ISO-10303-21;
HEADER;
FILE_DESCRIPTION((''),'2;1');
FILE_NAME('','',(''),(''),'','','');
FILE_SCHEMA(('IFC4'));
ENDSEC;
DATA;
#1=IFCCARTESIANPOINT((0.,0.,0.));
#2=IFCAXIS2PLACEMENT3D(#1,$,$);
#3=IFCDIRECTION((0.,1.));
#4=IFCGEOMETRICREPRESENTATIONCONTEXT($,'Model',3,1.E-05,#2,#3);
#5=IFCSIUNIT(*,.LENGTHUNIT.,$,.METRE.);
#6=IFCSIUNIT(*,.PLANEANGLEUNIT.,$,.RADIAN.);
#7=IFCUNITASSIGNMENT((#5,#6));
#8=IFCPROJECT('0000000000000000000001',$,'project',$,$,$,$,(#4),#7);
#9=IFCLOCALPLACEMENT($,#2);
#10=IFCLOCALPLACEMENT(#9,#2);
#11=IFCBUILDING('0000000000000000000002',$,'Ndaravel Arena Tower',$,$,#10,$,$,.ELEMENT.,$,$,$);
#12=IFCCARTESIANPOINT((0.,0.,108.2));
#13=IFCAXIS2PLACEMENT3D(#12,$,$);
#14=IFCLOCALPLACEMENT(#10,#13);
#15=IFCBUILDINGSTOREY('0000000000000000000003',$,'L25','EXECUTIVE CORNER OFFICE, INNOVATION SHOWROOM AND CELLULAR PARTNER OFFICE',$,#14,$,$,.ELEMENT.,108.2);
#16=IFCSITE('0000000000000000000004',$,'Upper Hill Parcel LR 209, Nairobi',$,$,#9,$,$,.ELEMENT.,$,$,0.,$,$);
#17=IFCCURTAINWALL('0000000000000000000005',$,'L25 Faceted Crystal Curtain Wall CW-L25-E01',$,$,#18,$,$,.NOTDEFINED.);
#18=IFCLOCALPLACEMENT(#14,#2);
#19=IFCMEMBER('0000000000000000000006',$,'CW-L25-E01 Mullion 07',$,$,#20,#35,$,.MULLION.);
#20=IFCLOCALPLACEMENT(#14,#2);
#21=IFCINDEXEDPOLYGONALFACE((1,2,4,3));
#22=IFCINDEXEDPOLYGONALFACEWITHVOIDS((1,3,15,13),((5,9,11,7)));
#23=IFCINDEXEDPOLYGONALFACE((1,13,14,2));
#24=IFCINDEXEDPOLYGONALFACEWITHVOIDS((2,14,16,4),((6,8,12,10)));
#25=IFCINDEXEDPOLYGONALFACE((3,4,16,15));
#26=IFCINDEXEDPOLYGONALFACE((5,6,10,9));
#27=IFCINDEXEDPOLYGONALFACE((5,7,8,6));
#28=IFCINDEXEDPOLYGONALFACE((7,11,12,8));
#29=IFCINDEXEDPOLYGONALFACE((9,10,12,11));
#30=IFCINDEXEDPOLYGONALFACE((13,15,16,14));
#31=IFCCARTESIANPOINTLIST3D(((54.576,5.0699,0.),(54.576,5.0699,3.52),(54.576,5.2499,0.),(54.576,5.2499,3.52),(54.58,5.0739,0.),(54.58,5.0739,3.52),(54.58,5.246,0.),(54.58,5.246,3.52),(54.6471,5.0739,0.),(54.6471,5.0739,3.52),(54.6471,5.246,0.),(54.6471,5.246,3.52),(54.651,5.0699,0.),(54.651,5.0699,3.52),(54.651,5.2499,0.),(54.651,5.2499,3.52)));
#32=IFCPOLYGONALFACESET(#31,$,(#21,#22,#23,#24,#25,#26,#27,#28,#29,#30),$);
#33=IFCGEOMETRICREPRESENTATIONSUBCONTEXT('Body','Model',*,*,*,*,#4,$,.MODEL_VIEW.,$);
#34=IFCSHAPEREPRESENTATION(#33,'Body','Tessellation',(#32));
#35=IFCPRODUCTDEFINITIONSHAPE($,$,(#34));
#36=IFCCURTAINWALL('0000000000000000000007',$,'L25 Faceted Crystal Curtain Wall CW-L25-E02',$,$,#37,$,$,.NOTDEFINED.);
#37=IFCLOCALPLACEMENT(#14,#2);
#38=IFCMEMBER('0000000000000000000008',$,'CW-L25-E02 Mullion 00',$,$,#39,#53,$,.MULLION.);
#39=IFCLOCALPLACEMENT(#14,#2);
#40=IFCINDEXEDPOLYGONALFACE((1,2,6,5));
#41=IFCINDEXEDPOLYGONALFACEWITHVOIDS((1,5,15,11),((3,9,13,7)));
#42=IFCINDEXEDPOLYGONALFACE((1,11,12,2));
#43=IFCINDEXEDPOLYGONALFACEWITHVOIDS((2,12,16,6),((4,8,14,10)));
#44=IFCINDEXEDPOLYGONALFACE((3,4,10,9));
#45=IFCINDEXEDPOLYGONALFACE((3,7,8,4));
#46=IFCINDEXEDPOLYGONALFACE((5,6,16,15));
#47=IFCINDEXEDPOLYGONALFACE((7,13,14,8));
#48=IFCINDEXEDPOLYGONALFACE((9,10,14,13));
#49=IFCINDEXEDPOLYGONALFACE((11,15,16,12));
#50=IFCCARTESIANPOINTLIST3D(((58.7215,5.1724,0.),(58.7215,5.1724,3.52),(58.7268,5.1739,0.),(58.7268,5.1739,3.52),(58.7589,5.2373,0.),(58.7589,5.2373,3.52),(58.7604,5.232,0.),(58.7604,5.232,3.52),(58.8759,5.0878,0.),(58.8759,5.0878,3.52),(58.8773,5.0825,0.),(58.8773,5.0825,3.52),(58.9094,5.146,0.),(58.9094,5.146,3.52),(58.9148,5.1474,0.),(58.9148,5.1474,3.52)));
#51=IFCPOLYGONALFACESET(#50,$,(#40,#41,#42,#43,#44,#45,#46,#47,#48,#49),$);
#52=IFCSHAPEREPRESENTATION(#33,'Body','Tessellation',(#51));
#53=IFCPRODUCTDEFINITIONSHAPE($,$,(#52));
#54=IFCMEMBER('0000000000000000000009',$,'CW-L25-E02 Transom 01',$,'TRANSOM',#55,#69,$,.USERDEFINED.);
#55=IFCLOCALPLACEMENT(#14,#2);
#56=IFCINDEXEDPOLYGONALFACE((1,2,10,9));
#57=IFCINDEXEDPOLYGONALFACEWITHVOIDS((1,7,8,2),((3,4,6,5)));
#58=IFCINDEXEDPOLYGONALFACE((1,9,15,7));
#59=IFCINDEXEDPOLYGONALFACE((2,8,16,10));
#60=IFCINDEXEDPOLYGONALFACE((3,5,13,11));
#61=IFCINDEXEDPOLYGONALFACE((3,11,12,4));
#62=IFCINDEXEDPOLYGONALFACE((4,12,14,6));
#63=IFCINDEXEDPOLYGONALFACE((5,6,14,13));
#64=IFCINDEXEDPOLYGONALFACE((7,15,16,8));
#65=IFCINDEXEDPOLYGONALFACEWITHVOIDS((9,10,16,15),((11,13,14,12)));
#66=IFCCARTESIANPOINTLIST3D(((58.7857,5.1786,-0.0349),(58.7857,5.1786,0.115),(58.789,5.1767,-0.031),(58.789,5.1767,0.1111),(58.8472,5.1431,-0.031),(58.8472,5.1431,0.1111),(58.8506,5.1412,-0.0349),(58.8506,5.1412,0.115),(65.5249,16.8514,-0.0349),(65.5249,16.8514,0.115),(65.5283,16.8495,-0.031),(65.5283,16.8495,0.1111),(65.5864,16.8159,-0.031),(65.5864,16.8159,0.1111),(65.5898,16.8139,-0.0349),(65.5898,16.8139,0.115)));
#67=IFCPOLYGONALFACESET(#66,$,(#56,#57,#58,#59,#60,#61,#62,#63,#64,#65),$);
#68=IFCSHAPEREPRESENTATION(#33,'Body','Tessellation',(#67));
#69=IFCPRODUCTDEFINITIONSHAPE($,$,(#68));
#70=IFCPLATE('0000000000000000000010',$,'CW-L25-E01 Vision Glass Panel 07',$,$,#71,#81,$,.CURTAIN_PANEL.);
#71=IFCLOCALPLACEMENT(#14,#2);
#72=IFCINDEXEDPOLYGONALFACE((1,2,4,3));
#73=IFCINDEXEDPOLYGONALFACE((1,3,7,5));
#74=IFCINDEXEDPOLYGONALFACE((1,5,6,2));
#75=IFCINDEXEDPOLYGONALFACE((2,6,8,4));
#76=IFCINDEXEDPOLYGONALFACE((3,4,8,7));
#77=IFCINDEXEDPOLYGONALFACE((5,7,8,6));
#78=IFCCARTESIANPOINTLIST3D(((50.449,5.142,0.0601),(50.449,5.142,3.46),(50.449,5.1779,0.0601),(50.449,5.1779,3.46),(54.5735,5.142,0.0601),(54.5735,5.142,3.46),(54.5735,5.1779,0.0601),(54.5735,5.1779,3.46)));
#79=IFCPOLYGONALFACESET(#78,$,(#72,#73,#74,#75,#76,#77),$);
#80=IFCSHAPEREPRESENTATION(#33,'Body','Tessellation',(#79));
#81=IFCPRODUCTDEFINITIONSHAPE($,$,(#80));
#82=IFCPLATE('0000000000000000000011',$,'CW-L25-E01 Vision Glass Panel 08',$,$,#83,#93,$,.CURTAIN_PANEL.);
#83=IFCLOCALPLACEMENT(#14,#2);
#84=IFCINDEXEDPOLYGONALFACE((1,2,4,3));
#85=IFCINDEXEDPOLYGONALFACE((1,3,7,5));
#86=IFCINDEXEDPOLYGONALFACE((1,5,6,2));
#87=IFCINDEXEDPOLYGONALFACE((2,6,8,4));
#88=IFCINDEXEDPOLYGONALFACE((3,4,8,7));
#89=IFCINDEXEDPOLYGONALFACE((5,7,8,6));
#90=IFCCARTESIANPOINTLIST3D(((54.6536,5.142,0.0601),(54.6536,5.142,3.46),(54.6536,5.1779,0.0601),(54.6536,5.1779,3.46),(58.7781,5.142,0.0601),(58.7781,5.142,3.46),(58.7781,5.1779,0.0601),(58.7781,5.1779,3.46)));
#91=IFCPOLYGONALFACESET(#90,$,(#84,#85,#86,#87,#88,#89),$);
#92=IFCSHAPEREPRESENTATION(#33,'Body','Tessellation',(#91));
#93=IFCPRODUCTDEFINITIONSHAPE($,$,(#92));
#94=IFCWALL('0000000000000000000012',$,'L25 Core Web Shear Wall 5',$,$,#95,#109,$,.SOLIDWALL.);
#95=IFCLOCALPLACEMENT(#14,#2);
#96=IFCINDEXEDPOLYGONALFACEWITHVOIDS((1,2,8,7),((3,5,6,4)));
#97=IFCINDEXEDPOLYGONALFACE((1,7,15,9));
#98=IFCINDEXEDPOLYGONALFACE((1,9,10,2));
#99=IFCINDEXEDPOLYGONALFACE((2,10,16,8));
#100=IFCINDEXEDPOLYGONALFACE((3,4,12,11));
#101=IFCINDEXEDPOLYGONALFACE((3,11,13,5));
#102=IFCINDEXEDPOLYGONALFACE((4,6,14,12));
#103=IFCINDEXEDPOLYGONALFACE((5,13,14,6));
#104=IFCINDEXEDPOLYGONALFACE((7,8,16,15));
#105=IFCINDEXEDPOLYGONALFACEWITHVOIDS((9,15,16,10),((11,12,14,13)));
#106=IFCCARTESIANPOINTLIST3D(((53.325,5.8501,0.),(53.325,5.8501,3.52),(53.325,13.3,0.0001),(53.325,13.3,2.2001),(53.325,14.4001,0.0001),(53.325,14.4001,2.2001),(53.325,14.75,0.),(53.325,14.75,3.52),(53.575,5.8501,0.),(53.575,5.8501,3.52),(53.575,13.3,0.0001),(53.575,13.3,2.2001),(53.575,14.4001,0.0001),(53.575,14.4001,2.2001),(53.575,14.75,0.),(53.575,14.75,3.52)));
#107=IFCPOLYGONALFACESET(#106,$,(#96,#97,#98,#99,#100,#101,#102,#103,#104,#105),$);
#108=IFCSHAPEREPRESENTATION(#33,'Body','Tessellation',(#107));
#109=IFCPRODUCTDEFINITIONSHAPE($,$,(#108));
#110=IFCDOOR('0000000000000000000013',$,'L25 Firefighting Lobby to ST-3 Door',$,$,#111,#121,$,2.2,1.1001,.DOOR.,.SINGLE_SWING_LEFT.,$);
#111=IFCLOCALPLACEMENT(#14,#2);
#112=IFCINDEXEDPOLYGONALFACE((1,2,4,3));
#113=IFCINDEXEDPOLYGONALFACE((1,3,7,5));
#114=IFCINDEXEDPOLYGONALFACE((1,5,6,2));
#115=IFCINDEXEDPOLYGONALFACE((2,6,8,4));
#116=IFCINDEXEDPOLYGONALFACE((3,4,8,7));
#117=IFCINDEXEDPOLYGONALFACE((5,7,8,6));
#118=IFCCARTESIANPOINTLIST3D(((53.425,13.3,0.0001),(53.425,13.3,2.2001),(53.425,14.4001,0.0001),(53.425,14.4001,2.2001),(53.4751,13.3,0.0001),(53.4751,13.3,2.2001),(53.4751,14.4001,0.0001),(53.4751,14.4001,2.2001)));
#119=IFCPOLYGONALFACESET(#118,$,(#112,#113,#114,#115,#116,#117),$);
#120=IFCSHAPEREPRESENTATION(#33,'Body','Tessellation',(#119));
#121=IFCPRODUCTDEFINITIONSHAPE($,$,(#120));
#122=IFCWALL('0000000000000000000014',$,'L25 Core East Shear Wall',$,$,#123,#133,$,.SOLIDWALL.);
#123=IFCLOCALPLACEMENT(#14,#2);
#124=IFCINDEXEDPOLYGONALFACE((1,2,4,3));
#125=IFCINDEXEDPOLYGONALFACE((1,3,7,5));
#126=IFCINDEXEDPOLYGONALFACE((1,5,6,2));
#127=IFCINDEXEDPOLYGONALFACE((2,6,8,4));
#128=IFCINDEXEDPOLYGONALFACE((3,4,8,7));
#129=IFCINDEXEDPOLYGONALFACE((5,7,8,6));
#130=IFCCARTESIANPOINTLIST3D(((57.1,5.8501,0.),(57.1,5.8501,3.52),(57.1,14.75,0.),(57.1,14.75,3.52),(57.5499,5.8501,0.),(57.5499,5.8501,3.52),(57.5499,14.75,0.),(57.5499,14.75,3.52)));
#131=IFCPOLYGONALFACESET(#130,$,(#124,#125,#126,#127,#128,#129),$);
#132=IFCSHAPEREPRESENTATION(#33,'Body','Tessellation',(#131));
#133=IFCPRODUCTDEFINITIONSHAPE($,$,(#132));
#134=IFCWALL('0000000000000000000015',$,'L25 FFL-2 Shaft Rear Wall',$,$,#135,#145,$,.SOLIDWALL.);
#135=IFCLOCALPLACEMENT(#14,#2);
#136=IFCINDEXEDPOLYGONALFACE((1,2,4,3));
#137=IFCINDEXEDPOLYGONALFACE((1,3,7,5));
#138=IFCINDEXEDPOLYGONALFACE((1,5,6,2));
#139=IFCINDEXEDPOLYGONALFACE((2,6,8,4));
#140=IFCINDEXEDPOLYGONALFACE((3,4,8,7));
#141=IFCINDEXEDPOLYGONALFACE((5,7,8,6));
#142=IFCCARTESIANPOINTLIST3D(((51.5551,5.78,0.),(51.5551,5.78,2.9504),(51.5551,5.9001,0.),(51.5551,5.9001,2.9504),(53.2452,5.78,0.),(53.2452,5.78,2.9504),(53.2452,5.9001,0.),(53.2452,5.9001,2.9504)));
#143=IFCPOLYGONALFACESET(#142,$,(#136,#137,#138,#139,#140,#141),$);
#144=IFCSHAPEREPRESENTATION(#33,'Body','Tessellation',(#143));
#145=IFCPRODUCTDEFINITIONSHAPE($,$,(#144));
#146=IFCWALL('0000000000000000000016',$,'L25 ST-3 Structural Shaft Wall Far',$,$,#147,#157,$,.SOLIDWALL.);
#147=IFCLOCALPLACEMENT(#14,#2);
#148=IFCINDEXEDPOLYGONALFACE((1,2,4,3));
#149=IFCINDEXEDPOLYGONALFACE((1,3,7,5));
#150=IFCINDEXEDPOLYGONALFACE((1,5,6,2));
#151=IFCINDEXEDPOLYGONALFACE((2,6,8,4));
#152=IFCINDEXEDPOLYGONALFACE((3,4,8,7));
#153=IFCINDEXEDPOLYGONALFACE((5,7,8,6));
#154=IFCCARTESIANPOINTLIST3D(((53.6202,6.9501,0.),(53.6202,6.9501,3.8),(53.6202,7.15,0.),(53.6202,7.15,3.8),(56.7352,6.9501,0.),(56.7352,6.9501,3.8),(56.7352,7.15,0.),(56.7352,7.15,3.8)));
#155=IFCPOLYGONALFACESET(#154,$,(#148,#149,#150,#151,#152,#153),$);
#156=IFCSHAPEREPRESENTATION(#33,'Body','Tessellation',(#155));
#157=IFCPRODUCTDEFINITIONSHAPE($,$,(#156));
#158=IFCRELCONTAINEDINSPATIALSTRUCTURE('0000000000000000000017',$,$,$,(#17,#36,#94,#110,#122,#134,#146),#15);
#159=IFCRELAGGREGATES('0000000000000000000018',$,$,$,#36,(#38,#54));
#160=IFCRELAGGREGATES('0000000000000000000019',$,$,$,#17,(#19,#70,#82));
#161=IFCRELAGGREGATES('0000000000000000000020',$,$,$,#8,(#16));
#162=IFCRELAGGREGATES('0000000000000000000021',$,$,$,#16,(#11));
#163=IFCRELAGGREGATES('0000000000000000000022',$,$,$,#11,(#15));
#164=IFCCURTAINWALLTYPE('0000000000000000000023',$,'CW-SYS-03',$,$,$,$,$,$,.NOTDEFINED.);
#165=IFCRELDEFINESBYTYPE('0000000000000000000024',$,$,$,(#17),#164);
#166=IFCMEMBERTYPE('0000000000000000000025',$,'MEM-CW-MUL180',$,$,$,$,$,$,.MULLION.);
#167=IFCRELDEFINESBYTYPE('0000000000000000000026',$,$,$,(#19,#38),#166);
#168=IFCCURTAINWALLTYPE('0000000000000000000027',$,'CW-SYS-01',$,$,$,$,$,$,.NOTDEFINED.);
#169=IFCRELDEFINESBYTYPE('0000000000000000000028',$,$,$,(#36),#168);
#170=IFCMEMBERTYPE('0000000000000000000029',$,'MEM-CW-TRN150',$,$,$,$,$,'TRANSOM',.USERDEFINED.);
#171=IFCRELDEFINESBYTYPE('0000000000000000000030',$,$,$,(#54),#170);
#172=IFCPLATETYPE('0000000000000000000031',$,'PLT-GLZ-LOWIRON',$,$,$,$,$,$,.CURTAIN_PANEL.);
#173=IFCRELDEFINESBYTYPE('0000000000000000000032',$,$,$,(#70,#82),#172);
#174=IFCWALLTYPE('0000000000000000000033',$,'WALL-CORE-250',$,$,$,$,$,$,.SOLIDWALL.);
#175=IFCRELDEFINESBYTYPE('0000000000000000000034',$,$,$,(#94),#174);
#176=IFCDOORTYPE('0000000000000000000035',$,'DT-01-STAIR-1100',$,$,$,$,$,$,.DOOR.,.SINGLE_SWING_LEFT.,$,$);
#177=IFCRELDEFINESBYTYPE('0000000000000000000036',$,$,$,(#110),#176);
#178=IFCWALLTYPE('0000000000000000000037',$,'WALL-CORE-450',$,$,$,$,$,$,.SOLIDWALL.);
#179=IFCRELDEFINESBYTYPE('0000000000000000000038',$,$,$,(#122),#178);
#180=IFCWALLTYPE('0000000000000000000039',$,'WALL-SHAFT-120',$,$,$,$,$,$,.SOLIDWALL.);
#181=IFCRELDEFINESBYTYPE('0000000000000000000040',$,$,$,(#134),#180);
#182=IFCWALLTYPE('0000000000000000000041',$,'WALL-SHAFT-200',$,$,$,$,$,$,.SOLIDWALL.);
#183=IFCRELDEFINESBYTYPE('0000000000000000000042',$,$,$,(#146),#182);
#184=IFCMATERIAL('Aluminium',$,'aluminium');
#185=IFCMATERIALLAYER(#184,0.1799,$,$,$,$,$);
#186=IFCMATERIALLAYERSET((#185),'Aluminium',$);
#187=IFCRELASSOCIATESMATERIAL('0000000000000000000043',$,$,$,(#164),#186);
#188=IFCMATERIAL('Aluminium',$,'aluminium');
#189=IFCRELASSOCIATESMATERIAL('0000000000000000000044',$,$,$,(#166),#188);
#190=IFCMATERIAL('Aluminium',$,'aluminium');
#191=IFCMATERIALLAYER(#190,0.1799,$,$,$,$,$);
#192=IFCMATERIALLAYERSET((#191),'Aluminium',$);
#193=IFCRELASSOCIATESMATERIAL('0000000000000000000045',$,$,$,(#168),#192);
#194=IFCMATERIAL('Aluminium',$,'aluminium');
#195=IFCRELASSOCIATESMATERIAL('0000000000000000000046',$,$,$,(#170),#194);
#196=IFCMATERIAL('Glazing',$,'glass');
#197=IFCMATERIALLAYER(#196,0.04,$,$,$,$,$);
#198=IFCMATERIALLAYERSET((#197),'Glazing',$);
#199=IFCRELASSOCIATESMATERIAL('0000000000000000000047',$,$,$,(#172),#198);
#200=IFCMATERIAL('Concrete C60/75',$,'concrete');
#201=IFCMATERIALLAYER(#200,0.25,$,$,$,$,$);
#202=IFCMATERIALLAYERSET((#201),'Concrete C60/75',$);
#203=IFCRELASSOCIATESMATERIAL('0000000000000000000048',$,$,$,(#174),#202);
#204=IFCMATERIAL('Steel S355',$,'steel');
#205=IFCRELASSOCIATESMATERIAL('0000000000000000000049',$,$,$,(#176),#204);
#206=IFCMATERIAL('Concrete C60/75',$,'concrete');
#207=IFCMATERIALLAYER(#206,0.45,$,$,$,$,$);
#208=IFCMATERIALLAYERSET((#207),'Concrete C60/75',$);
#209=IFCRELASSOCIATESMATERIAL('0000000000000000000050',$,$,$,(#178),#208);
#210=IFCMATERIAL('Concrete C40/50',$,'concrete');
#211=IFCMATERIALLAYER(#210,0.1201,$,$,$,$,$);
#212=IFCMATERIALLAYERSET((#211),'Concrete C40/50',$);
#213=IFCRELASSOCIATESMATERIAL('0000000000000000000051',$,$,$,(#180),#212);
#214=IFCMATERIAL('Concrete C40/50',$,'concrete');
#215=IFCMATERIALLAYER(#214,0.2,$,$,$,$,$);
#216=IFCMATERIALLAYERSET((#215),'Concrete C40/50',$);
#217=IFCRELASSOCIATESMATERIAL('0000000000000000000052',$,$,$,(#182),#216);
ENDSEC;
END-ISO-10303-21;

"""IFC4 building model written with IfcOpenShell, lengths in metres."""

from ifc_helpers import new_model, si_unit, direction, frame, frame_2d, origin, origin_2d, place, context, subcontext, project, spatial, rectangle, hollow_rectangle, extrude, material, layer, layer_set, material_profile, profile_set, type_object, element, fill, aggregate, save


model = new_model("IFC4")

# Units and contexts
model_context = context("Model", 3, precision=1e-05, world=origin(), true_north=direction((0.0, 1.0)))
body_context = subcontext(model_context, "Body", "Model", "MODEL_VIEW")
ifc_project = project(units=[si_unit("LENGTHUNIT", "METRE"), si_unit("PLANEANGLEUNIT", "RADIAN")], contexts=[model_context])

# Site, building, storey
site_placement = place(None, origin())
site = spatial("IfcSite", under=ifc_project, at=site_placement, Name="Upper Hill Parcel LR 209, Nairobi", CompositionType="ELEMENT", RefElevation=0.0)
building_placement = place(site_placement, origin())
building = spatial("IfcBuilding", under=site, at=building_placement, Name="Ndaravel Arena Tower", CompositionType="ELEMENT")
storey_placement = place(building_placement, frame((0.0, 0.0, 108.2)))
storey = spatial("IfcBuildingStorey", under=building, at=storey_placement, Name="L25", Description="EXECUTIVE CORNER OFFICE, INNOVATION SHOWROOM AND CELLULAR PARTNER OFFICE", CompositionType="ELEMENT", Elevation=108.2)

# Curtain wall, member
ifc_material_1 = material(Name="Aluminium", Category="aluminium")
ifc_layer_1 = layer(ifc_material_1, 0.1799)
ifc_layer_set_1 = layer_set([ifc_layer_1], Name="Aluminium")
curtain_wall_type_1 = type_object("IfcCurtainWallType", Name="CW-SYS-03", PredefinedType="NOTDEFINED", material=ifc_layer_set_1)
curtain_wall_1_placement = place(storey_placement, origin())
curtain_wall_1 = element("IfcCurtainWall", 1, at=curtain_wall_1_placement, inside=storey, type_object=curtain_wall_type_1, Name="L25 Faceted Crystal Curtain Wall CW-L25-E01", PredefinedType="NOTDEFINED")
ifc_material_2 = material(Name="Aluminium", Category="aluminium")
ifc_material_profile_1 = material_profile(ifc_material_2, hollow_rectangle(XDim=0.075, YDim=0.1799, WallThickness=0.0039, at=origin_2d()), Name="CW MULLION 75x180x4")
ifc_profile_set_1 = profile_set([ifc_material_profile_1], Name="Aluminium")
member_type_1 = type_object("IfcMemberType", Name="MEM-CW-MUL180", PredefinedType="MULLION", material=ifc_profile_set_1)
member_1_placement = place(storey_placement, frame((54.6135, 5.1599, 0.0), z_axis=(0.0, 0.0, 1.0), x_axis=(1.0, 0.0, 0.0)))
member_1 = element("IfcMember", 2, at=member_1_placement, type_object=member_type_1, Name="CW-L25-E01 Mullion 07", PredefinedType="MULLION", context=body_context, shape_type="SweptSolid", body=[
    extrude(hollow_rectangle(XDim=0.075, YDim=0.1799, WallThickness=0.0039, at=origin_2d()), origin(), (0.0, 0.0, 1.0), 3.52),
])

# Curtain wall, members
ifc_material_3 = material(Name="Aluminium", Category="aluminium")
ifc_layer_2 = layer(ifc_material_3, 0.1799)
ifc_layer_set_2 = layer_set([ifc_layer_2], Name="Aluminium")
curtain_wall_type_2 = type_object("IfcCurtainWallType", Name="CW-SYS-01", PredefinedType="NOTDEFINED", material=ifc_layer_set_2)
curtain_wall_2_placement = place(storey_placement, origin())
curtain_wall_2 = element("IfcCurtainWall", 3, at=curtain_wall_2_placement, inside=storey, type_object=curtain_wall_type_2, Name="L25 Faceted Crystal Curtain Wall CW-L25-E02", PredefinedType="NOTDEFINED")
member_2_placement = place(storey_placement, frame((58.8181, 5.1599, 0.0), z_axis=(0.0, 0.0, 1.0), x_axis=(0.5, 0.866025, 0.0)))
member_2 = element("IfcMember", 4, at=member_2_placement, type_object=member_type_1, Name="CW-L25-E02 Mullion 00", PredefinedType="MULLION", context=body_context, shape_type="SweptSolid", body=[
    extrude(hollow_rectangle(XDim=0.075, YDim=0.1799, WallThickness=0.0039, at=origin_2d()), origin(), (0.0, 0.0, 1.0), 3.52),
])
ifc_material_4 = material(Name="Aluminium", Category="aluminium")
ifc_material_profile_2 = material_profile(ifc_material_4, hollow_rectangle(XDim=0.075, YDim=0.1499, WallThickness=0.0039, at=origin_2d()), Name="CW TRANSOM 75x150x4")
ifc_profile_set_2 = profile_set([ifc_material_profile_2], Name="Aluminium")
member_type_2 = type_object("IfcMemberType", Name="MEM-CW-TRN150", ElementType="TRANSOM", PredefinedType="USERDEFINED", material=ifc_profile_set_2)
member_3_placement = place(storey_placement, frame((58.8181, 5.1599, 0.04), z_axis=(0.499996, 0.866028, 0.0), x_axis=(-0.866028, 0.499996, 0.0)))
member_3 = element("IfcMember", 5, at=member_3_placement, type_object=member_type_2, Name="CW-L25-E02 Transom 01", ObjectType="TRANSOM", PredefinedType="USERDEFINED", context=body_context, shape_type="SweptSolid", body=[
    extrude(hollow_rectangle(XDim=0.075, YDim=0.1499, WallThickness=0.0039, at=origin_2d()), origin(), (0.0, 0.0, 1.0), 13.4785),
])
aggregate(curtain_wall_2, [member_2, member_3])

# Plates
ifc_material_5 = material(Name="Glazing", Category="glass")
ifc_layer_3 = layer(ifc_material_5, 0.04)
ifc_layer_set_3 = layer_set([ifc_layer_3], Name="Glazing")
plate_type = type_object("IfcPlateType", Name="PLT-GLZ-LOWIRON", PredefinedType="CURTAIN_PANEL", material=ifc_layer_set_3)
plate_1_placement = place(storey_placement, frame((52.5112, 5.1599, 0.0601), z_axis=(0.0, 0.0, 1.0), x_axis=(1.0, 0.0, 0.0)))
plate_1 = element("IfcPlate", 6, at=plate_1_placement, type_object=plate_type, Name="CW-L25-E01 Vision Glass Panel 07", PredefinedType="CURTAIN_PANEL", context=body_context, shape_type="SweptSolid", body=[
    extrude(rectangle(XDim=4.1245, YDim=0.0359, at=origin_2d()), origin(), (0.0, 0.0, 1.0), 3.3999),
])
plate_2_placement = place(storey_placement, frame((56.7158, 5.1599, 0.0601), z_axis=(0.0, 0.0, 1.0), x_axis=(1.0, 0.0, 0.0)))
plate_2 = element("IfcPlate", 7, at=plate_2_placement, type_object=plate_type, Name="CW-L25-E01 Vision Glass Panel 08", PredefinedType="CURTAIN_PANEL", context=body_context, shape_type="SweptSolid", body=[
    extrude(rectangle(XDim=4.1245, YDim=0.0359, at=origin_2d()), origin(), (0.0, 0.0, 1.0), 3.3999),
])
aggregate(curtain_wall_1, [member_1, plate_1, plate_2])

# Wall, opening, door
ifc_material_6 = material(Name="Concrete C60/75", Category="concrete")
ifc_layer_4 = layer(ifc_material_6, 0.25)
ifc_layer_set_4 = layer_set([ifc_layer_4], Name="Concrete C60/75")
wall_type_1 = type_object("IfcWallType", Name="WALL-CORE-250", PredefinedType="SOLIDWALL", material=ifc_layer_set_4)
wall_1_placement = place(storey_placement, frame((53.45, 5.8501, 0.0), z_axis=(0.0, 0.0, 1.0), x_axis=(0.0, 1.0, 0.0)))
wall_1 = element("IfcWall", 8, at=wall_1_placement, inside=storey, type_object=wall_type_1, Name="L25 Core Web Shear Wall 5", PredefinedType="SOLIDWALL", context=body_context, shape_type="SweptSolid", body=[
    extrude(rectangle(XDim=8.8999, YDim=0.25, at=frame_2d((4.45, 0.0))), origin(), (0.0, 0.0, 1.0), 3.52),
])
opening_1_placement = place(wall_1_placement, frame((7.45, 0.0, 0.0)))
opening_1 = element("IfcOpeningElement", 9, at=opening_1_placement, cuts=wall_1, PredefinedType="OPENING", context=body_context, shape_type="SweptSolid", body=[
    extrude(rectangle(XDim=1.1001, YDim=2.2, at=frame_2d((0.55, 1.1001))), frame((0.0, 0.125, 0.0), z_axis=(0.0, -1.0, 0.0), x_axis=(1.0, 0.0, 0.0)), (0.0, 0.0, 1.0), 0.25),
])
ifc_material_7 = material(Name="Steel S355", Category="steel")
door_type_1 = type_object("IfcDoorType", Name="DT-01-STAIR-1100", OperationType="SINGLE_SWING_LEFT", PredefinedType="DOOR", material=ifc_material_7)
door_1_placement = place(opening_1_placement, origin())
door_1 = element("IfcDoor", 10, at=door_1_placement, inside=storey, type_object=door_type_1, Name="L25 Firefighting Lobby to ST-3 Door", OperationType="SINGLE_SWING_LEFT", OverallHeight=2.2, OverallWidth=1.1001, PredefinedType="DOOR", context=body_context, shape_type="SweptSolid", body=[
    extrude(rectangle(XDim=1.1001, YDim=2.2, at=frame_2d((0.55, 1.1001))), frame((0.0, 0.0249, 0.0), z_axis=(0.0, -1.0, 0.0), x_axis=(1.0, 0.0, 0.0)), (0.0, 0.0, 1.0), 0.05),
])
fill(opening_1, door_1)

# Walls
ifc_material_8 = material(Name="Concrete C60/75", Category="concrete")
ifc_layer_5 = layer(ifc_material_8, 0.45)
ifc_layer_set_5 = layer_set([ifc_layer_5], Name="Concrete C60/75")
wall_type_2 = type_object("IfcWallType", Name="WALL-CORE-450", PredefinedType="SOLIDWALL", material=ifc_layer_set_5)
wall_2_placement = place(storey_placement, frame((57.325, 5.8501, 0.0), z_axis=(0.0, 0.0, 1.0), x_axis=(0.0, 1.0, 0.0)))
element("IfcWall", 11, at=wall_2_placement, inside=storey, type_object=wall_type_2, Name="L25 Core East Shear Wall", PredefinedType="SOLIDWALL", context=body_context, shape_type="SweptSolid", body=[
    extrude(rectangle(XDim=8.8999, YDim=0.45, at=frame_2d((4.45, 0.0))), origin(), (0.0, 0.0, 1.0), 3.52),
])
ifc_material_9 = material(Name="Concrete C40/50", Category="concrete")
ifc_layer_6 = layer(ifc_material_9, 0.1201)
ifc_layer_set_6 = layer_set([ifc_layer_6], Name="Concrete C40/50")
wall_type_3 = type_object("IfcWallType", Name="WALL-SHAFT-120", PredefinedType="SOLIDWALL", material=ifc_layer_set_6)
wall_3_placement = place(storey_placement, frame((51.5549, 5.8401, 0.0), z_axis=(0.0, 0.0, 1.0), x_axis=(1.0, 0.0, 0.0)))
element("IfcWall", 12, at=wall_3_placement, inside=storey, type_object=wall_type_3, Name="L25 FFL-2 Shaft Rear Wall", PredefinedType="SOLIDWALL", context=body_context, shape_type="SweptSolid", body=[
    extrude(rectangle(XDim=1.6902, YDim=0.1201, at=frame_2d((0.8452, 0.0))), origin(), (0.0, 0.0, 1.0), 2.9504),
])
ifc_material_10 = material(Name="Concrete C40/50", Category="concrete")
ifc_layer_7 = layer(ifc_material_10, 0.2)
ifc_layer_set_7 = layer_set([ifc_layer_7], Name="Concrete C40/50")
wall_type_4 = type_object("IfcWallType", Name="WALL-SHAFT-200", PredefinedType="SOLIDWALL", material=ifc_layer_set_7)
wall_4_placement = place(storey_placement, frame((53.6201, 7.05, 0.0), z_axis=(0.0, 0.0, 1.0), x_axis=(1.0, 0.0, 0.0)))
element("IfcWall", 13, at=wall_4_placement, inside=storey, type_object=wall_type_4, Name="L25 ST-3 Structural Shaft Wall Far", PredefinedType="SOLIDWALL", context=body_context, shape_type="SweptSolid", body=[
    extrude(rectangle(XDim=3.115, YDim=0.2, at=frame_2d((1.5576, 0.0))), origin(), (0.0, 0.0, 1.0), 3.8),
])

save(model, "model.ifc")
